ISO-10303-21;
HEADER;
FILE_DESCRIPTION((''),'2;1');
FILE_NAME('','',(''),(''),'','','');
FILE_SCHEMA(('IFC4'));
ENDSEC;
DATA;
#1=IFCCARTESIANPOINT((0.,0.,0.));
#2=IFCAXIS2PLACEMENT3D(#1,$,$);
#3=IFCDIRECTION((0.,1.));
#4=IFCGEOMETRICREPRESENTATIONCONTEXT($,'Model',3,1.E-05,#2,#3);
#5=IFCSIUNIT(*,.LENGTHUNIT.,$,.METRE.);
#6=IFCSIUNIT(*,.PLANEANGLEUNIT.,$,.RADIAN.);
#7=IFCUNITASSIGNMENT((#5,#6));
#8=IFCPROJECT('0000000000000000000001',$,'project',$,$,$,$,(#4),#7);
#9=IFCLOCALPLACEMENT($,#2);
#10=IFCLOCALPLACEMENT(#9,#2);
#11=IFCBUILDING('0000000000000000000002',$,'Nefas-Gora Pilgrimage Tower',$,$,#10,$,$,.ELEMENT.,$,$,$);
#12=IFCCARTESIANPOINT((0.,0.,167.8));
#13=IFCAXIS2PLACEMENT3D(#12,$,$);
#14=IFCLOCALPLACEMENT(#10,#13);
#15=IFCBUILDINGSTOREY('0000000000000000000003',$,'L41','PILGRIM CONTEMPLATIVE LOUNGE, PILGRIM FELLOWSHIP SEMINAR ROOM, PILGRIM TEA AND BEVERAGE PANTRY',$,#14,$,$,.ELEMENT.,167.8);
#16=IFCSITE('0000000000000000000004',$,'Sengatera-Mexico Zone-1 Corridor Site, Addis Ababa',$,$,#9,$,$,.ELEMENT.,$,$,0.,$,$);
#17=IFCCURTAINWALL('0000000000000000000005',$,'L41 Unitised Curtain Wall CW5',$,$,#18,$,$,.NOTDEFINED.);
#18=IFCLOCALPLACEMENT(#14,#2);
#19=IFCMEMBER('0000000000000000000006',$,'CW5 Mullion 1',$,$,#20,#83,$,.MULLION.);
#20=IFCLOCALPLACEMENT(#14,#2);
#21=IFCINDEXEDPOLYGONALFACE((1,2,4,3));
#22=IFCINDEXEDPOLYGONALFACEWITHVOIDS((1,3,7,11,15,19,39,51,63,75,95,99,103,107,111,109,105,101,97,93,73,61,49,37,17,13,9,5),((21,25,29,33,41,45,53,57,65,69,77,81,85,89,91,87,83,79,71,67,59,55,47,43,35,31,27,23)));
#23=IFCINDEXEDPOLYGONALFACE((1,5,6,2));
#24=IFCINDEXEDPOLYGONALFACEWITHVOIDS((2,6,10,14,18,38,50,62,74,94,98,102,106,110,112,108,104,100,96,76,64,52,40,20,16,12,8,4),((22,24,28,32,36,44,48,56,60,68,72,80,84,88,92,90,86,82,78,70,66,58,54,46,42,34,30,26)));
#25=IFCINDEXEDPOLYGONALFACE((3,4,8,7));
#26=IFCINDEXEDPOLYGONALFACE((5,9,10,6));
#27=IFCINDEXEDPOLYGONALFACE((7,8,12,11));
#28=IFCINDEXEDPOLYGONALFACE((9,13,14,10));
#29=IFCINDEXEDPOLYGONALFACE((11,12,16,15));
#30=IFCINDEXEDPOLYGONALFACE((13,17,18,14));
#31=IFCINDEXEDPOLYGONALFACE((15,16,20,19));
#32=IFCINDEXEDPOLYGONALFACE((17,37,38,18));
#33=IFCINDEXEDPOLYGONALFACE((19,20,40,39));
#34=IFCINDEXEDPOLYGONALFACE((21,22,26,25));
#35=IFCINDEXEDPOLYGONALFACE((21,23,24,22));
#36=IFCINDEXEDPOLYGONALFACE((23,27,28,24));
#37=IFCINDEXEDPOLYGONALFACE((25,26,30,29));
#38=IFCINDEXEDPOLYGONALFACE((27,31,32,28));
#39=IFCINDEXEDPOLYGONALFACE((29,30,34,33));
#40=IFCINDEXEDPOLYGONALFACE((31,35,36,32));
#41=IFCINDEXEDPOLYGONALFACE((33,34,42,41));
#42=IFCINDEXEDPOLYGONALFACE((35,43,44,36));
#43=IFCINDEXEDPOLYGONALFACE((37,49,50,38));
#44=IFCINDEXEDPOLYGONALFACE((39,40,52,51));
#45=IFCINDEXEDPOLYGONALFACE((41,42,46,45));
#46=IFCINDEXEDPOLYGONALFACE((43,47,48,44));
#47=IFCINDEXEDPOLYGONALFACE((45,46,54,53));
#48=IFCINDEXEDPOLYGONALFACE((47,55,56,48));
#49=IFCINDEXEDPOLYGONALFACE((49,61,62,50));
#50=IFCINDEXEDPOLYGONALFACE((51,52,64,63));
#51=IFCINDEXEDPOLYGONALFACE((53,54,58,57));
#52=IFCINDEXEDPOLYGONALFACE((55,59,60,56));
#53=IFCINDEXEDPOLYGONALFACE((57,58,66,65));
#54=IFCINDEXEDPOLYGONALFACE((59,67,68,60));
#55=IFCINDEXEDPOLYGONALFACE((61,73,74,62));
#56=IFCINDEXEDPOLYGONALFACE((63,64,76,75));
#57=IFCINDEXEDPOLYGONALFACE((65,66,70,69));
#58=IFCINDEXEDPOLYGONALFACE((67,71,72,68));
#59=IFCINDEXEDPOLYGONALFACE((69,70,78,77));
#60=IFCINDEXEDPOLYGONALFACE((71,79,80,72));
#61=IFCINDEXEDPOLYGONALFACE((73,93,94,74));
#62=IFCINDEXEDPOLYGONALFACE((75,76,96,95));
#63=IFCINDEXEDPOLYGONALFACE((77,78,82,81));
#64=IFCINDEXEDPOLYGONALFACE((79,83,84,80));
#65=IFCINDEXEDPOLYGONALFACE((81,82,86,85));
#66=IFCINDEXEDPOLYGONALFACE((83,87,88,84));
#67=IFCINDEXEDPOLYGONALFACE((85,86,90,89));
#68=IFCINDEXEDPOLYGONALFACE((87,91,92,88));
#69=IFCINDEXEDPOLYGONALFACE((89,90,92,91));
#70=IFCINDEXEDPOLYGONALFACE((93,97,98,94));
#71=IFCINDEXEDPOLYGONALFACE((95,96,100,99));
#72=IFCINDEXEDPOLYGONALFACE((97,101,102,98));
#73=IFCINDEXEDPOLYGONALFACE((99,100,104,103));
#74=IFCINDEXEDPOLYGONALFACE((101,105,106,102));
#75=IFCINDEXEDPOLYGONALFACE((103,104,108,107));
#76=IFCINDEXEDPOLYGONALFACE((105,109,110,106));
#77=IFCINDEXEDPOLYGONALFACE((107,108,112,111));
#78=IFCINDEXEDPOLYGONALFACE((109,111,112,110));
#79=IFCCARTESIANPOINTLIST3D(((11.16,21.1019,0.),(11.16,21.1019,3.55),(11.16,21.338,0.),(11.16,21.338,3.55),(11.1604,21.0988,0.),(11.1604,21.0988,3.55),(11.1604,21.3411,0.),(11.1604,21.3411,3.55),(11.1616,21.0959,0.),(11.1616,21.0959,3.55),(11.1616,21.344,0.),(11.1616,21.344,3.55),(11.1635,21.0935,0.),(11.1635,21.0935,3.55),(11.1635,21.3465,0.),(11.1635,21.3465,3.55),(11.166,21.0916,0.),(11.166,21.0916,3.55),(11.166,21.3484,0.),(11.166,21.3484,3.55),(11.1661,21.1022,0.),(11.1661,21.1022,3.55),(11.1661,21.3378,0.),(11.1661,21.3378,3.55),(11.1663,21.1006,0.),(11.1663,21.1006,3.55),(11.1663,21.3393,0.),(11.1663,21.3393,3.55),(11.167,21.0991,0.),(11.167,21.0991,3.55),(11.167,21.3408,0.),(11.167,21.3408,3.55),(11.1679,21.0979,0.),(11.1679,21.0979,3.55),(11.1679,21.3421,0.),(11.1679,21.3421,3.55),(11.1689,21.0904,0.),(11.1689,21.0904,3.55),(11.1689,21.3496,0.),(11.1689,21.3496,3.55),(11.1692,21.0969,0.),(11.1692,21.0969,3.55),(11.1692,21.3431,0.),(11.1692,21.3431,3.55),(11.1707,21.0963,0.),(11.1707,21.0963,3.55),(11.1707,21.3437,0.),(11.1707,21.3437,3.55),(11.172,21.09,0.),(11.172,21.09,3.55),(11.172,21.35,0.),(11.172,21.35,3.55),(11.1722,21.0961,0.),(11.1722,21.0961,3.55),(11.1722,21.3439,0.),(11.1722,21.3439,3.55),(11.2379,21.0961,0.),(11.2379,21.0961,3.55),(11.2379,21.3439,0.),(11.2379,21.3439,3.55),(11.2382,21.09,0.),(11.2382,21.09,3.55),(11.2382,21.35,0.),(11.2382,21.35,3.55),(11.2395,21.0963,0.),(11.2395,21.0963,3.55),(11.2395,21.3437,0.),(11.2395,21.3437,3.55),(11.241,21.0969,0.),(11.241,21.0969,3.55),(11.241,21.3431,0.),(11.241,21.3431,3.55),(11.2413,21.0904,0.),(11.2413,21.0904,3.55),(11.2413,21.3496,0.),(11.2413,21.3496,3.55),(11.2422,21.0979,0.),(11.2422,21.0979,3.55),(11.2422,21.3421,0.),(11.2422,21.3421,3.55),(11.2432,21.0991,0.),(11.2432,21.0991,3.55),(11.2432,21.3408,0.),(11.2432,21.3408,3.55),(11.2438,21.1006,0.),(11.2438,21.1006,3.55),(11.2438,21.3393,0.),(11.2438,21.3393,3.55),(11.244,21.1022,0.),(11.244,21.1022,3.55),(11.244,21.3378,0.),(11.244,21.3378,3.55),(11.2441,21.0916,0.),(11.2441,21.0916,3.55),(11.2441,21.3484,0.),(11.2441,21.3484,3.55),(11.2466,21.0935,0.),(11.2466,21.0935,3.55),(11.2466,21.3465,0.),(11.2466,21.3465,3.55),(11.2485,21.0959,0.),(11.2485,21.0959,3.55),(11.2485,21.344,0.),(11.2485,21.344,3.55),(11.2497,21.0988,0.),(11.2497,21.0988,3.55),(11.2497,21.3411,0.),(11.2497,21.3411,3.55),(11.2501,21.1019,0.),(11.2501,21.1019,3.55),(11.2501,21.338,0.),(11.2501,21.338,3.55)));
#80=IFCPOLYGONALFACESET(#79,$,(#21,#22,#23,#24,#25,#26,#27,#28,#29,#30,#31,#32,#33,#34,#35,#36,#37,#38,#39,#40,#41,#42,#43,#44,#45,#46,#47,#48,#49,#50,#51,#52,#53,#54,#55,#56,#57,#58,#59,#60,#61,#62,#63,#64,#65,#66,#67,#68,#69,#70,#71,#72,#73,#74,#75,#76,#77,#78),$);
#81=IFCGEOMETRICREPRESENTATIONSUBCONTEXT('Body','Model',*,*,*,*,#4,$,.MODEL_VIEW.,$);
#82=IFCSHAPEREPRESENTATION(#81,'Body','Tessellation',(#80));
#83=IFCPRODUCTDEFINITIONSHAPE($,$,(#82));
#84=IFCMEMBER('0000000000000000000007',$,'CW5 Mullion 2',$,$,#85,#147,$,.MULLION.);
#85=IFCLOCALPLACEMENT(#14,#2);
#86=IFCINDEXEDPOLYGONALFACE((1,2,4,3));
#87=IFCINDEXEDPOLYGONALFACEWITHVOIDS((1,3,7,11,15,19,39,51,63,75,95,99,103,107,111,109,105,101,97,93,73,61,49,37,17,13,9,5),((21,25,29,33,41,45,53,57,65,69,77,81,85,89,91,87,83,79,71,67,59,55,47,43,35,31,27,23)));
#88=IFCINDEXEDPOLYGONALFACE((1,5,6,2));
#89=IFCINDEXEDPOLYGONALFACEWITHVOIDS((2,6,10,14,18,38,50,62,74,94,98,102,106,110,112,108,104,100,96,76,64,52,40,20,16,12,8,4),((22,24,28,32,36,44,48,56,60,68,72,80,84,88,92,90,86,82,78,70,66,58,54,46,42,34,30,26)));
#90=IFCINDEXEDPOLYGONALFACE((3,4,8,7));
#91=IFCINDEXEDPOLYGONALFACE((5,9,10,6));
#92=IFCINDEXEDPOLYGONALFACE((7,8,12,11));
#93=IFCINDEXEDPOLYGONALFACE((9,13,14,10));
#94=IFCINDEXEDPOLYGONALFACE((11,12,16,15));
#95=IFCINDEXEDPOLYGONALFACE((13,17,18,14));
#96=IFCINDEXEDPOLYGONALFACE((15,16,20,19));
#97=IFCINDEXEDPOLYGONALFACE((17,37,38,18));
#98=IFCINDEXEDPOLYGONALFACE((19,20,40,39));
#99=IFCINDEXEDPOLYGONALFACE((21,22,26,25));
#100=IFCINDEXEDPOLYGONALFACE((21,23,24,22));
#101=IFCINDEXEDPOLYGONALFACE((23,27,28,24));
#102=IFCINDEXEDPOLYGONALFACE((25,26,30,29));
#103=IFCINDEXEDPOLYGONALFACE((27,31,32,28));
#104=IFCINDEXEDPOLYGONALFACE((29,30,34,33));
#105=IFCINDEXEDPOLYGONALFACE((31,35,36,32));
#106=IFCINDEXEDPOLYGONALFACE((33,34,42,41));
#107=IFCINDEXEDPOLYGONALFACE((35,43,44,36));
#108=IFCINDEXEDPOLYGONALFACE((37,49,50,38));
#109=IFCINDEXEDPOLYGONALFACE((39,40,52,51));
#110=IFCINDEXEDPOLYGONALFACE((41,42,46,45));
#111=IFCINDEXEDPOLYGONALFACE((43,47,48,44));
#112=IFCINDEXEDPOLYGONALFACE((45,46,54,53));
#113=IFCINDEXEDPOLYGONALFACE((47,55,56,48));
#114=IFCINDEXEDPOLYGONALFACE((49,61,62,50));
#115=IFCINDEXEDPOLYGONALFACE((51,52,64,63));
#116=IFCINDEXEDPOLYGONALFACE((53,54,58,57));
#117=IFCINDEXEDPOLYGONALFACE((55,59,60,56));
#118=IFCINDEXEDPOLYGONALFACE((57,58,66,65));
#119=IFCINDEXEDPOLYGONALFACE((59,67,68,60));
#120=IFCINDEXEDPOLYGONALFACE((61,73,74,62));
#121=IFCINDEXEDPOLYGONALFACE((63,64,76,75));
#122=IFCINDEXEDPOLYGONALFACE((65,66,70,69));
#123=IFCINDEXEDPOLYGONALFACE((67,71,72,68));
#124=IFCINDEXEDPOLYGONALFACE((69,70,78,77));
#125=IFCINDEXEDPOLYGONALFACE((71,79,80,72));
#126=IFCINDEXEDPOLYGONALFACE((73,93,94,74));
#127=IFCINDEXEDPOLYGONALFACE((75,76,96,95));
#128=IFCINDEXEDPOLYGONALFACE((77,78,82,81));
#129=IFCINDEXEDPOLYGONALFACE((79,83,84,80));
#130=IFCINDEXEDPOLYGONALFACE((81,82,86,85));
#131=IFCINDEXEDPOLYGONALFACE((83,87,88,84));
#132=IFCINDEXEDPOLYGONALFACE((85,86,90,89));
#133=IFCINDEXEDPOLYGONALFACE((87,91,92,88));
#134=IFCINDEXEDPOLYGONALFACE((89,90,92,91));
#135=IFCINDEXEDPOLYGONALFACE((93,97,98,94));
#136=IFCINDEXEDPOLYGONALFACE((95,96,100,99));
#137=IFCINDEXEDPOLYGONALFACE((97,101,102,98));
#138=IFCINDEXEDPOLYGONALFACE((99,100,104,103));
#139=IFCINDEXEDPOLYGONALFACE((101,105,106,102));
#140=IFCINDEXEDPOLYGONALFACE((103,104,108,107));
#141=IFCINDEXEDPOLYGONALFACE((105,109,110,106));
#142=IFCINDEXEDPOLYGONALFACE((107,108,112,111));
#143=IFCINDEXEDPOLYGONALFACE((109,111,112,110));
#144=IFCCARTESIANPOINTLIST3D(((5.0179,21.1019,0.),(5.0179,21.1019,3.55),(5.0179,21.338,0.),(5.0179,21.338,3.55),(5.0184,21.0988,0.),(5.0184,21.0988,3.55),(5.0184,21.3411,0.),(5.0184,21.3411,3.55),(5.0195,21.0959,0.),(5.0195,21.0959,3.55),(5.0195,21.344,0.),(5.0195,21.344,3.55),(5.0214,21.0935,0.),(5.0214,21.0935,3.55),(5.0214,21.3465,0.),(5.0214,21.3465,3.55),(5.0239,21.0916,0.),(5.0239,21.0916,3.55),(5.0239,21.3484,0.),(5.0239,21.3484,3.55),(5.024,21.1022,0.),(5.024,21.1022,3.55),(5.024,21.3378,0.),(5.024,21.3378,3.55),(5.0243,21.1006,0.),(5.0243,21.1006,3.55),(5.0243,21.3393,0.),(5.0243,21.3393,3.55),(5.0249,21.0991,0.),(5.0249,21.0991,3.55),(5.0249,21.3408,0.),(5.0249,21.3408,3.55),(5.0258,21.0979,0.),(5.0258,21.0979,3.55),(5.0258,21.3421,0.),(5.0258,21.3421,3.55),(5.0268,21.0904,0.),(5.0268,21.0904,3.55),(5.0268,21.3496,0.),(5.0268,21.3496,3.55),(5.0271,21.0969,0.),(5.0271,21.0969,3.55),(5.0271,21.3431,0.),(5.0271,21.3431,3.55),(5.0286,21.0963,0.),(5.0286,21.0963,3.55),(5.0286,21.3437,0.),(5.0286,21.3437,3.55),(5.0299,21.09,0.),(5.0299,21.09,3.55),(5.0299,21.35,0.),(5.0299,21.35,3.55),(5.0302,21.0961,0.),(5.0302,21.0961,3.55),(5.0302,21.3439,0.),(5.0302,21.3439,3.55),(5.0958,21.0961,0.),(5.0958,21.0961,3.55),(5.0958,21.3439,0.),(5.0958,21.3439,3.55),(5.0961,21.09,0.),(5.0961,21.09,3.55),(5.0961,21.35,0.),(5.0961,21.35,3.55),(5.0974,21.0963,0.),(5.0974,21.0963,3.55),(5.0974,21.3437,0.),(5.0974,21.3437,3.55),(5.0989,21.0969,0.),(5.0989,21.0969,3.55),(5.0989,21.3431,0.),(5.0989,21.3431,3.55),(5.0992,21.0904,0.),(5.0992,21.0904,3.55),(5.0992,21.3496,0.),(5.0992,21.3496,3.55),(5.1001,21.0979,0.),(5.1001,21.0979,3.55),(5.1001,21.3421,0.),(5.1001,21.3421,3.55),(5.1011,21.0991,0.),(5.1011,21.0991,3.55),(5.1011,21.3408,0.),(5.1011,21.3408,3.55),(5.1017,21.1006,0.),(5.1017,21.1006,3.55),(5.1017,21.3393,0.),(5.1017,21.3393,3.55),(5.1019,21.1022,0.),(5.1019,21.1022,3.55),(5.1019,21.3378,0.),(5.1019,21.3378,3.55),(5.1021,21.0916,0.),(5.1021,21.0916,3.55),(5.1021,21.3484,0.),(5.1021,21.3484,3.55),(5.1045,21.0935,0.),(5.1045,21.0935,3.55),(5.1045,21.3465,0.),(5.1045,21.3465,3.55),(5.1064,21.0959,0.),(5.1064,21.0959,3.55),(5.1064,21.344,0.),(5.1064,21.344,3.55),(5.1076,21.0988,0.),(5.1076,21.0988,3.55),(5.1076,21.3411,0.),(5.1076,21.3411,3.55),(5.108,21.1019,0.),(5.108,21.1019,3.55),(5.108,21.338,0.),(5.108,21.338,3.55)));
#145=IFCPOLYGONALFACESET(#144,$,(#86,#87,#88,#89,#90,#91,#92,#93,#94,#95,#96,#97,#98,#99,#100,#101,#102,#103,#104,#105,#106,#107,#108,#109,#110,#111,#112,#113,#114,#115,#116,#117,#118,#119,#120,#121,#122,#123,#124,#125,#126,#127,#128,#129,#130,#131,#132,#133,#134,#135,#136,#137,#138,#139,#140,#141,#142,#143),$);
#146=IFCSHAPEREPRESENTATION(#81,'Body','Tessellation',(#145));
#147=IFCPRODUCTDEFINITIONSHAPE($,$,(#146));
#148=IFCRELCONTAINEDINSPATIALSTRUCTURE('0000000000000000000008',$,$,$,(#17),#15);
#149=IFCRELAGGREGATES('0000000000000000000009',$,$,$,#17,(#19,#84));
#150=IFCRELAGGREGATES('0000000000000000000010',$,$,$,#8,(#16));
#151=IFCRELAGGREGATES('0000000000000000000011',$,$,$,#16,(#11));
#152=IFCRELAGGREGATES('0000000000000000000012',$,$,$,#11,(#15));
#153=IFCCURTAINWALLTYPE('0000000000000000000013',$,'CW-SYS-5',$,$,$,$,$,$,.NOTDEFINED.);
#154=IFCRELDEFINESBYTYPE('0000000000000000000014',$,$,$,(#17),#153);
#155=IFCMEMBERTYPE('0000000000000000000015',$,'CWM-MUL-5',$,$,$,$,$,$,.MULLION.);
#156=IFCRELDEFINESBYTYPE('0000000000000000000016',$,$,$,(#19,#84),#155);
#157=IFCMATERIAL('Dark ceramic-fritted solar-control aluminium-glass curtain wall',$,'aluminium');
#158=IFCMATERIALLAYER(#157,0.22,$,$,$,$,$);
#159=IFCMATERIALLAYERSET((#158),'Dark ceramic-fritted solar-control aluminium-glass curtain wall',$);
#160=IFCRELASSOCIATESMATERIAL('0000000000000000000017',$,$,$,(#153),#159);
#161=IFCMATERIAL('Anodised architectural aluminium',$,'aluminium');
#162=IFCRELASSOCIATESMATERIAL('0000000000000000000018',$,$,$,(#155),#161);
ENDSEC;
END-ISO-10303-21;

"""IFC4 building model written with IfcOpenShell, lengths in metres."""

from ifc_helpers import new_model, si_unit, direction, frame, origin, origin_2d, place, context, subcontext, project, spatial, hollow_rectangle, extrude, source, transform, mapped, material, layer, layer_set, material_profile, profile_set, type_object, element, aggregate, save


model = new_model("IFC4")

# Units and contexts
model_context = context("Model", 3, precision=1e-05, world=origin(), true_north=direction((0.0, 1.0)))
body_context = subcontext(model_context, "Body", "Model", "MODEL_VIEW")
ifc_project = project(units=[si_unit("LENGTHUNIT", "METRE"), si_unit("PLANEANGLEUNIT", "RADIAN")], contexts=[model_context])

# Site, building, storey
site_placement = place(None, origin())
site = spatial("IfcSite", under=ifc_project, at=site_placement, Name="Sengatera-Mexico Zone-1 Corridor Site, Addis Ababa", CompositionType="ELEMENT", RefElevation=0.0)
building_placement = place(site_placement, origin())
building = spatial("IfcBuilding", under=site, at=building_placement, Name="Nefas-Gora Pilgrimage Tower", CompositionType="ELEMENT")
storey_placement = place(building_placement, frame((0.0, 0.0, 167.8)))
storey = spatial("IfcBuildingStorey", under=building, at=storey_placement, Name="L41", Description="PILGRIM CONTEMPLATIVE LOUNGE, PILGRIM FELLOWSHIP SEMINAR ROOM, PILGRIM TEA AND BEVERAGE PANTRY", CompositionType="ELEMENT", Elevation=167.8)

# Curtain wall, members
ifc_material_1 = material(Name="Dark ceramic-fritted solar-control aluminium-glass curtain wall", Category="aluminium")
ifc_layer_1 = layer(ifc_material_1, 0.22)
ifc_layer_set_1 = layer_set([ifc_layer_1], Name="Dark ceramic-fritted solar-control aluminium-glass curtain wall")
curtain_wall_type = type_object("IfcCurtainWallType", Name="CW-SYS-5", PredefinedType="NOTDEFINED", material=ifc_layer_set_1)
curtain_wall_1_placement = place(storey_placement, origin())
curtain_wall_1 = element("IfcCurtainWall", 1, at=curtain_wall_1_placement, inside=storey, type_object=curtain_wall_type, Name="L41 Unitised Curtain Wall CW5", PredefinedType="NOTDEFINED")
ifc_material_2 = material(Name="Anodised architectural aluminium", Category="aluminium")
ifc_material_profile_1 = material_profile(ifc_material_2, hollow_rectangle(XDim=0.0901, YDim=0.26, WallThickness=0.0061, InnerFilletRadius=0.0061, OuterFilletRadius=0.012, at=origin_2d()), Name="ALU MULLION 90x260")
ifc_profile_set_1 = profile_set([ifc_material_profile_1], Name="Anodised architectural aluminium")
member_type_1 = type_object("IfcMemberType", Name="CWM-MUL-5", PredefinedType="MULLION", material=ifc_profile_set_1)
shared_shape_1 = source(origin(), body_context, "Body", "SweptSolid", [
    extrude(hollow_rectangle(XDim=0.0901, YDim=0.26, WallThickness=0.0061, InnerFilletRadius=0.0061, OuterFilletRadius=0.012, at=origin_2d()), origin(), (0.0, 0.0, 1.0), 3.55),
])
member_1_placement = place(storey_placement, frame((11.2051, 21.22, 0.0), z_axis=(0.0, 0.0, 1.0), x_axis=(-1.0, 0.0, 0.0)))
member_1 = element("IfcMember", 2, at=member_1_placement, type_object=member_type_1, Name="CW5 Mullion 1", PredefinedType="MULLION", context=body_context, shape_type="MappedRepresentation", body=[
    mapped(shared_shape_1, transform((0.0, 0.0, 0.0), x_axis=(1.0, 0.0, 0.0), y_axis=(0.0, 1.0, 0.0), z_axis=(0.0, 0.0, 1.0), scale=1.0)),
])
member_2_placement = place(storey_placement, frame((5.063, 21.22, 0.0), z_axis=(0.0, 0.0, 1.0), x_axis=(-1.0, 0.0, 0.0)))
member_2 = element("IfcMember", 3, at=member_2_placement, type_object=member_type_1, Name="CW5 Mullion 2", PredefinedType="MULLION", context=body_context, shape_type="MappedRepresentation", body=[
    mapped(shared_shape_1, transform((0.0, 0.0, 0.0), x_axis=(1.0, 0.0, 0.0), y_axis=(0.0, 1.0, 0.0), z_axis=(0.0, 0.0, 1.0), scale=1.0)),
])

aggregate(curtain_wall_1, [member_1, member_2])

save(model, "model.ifc")
